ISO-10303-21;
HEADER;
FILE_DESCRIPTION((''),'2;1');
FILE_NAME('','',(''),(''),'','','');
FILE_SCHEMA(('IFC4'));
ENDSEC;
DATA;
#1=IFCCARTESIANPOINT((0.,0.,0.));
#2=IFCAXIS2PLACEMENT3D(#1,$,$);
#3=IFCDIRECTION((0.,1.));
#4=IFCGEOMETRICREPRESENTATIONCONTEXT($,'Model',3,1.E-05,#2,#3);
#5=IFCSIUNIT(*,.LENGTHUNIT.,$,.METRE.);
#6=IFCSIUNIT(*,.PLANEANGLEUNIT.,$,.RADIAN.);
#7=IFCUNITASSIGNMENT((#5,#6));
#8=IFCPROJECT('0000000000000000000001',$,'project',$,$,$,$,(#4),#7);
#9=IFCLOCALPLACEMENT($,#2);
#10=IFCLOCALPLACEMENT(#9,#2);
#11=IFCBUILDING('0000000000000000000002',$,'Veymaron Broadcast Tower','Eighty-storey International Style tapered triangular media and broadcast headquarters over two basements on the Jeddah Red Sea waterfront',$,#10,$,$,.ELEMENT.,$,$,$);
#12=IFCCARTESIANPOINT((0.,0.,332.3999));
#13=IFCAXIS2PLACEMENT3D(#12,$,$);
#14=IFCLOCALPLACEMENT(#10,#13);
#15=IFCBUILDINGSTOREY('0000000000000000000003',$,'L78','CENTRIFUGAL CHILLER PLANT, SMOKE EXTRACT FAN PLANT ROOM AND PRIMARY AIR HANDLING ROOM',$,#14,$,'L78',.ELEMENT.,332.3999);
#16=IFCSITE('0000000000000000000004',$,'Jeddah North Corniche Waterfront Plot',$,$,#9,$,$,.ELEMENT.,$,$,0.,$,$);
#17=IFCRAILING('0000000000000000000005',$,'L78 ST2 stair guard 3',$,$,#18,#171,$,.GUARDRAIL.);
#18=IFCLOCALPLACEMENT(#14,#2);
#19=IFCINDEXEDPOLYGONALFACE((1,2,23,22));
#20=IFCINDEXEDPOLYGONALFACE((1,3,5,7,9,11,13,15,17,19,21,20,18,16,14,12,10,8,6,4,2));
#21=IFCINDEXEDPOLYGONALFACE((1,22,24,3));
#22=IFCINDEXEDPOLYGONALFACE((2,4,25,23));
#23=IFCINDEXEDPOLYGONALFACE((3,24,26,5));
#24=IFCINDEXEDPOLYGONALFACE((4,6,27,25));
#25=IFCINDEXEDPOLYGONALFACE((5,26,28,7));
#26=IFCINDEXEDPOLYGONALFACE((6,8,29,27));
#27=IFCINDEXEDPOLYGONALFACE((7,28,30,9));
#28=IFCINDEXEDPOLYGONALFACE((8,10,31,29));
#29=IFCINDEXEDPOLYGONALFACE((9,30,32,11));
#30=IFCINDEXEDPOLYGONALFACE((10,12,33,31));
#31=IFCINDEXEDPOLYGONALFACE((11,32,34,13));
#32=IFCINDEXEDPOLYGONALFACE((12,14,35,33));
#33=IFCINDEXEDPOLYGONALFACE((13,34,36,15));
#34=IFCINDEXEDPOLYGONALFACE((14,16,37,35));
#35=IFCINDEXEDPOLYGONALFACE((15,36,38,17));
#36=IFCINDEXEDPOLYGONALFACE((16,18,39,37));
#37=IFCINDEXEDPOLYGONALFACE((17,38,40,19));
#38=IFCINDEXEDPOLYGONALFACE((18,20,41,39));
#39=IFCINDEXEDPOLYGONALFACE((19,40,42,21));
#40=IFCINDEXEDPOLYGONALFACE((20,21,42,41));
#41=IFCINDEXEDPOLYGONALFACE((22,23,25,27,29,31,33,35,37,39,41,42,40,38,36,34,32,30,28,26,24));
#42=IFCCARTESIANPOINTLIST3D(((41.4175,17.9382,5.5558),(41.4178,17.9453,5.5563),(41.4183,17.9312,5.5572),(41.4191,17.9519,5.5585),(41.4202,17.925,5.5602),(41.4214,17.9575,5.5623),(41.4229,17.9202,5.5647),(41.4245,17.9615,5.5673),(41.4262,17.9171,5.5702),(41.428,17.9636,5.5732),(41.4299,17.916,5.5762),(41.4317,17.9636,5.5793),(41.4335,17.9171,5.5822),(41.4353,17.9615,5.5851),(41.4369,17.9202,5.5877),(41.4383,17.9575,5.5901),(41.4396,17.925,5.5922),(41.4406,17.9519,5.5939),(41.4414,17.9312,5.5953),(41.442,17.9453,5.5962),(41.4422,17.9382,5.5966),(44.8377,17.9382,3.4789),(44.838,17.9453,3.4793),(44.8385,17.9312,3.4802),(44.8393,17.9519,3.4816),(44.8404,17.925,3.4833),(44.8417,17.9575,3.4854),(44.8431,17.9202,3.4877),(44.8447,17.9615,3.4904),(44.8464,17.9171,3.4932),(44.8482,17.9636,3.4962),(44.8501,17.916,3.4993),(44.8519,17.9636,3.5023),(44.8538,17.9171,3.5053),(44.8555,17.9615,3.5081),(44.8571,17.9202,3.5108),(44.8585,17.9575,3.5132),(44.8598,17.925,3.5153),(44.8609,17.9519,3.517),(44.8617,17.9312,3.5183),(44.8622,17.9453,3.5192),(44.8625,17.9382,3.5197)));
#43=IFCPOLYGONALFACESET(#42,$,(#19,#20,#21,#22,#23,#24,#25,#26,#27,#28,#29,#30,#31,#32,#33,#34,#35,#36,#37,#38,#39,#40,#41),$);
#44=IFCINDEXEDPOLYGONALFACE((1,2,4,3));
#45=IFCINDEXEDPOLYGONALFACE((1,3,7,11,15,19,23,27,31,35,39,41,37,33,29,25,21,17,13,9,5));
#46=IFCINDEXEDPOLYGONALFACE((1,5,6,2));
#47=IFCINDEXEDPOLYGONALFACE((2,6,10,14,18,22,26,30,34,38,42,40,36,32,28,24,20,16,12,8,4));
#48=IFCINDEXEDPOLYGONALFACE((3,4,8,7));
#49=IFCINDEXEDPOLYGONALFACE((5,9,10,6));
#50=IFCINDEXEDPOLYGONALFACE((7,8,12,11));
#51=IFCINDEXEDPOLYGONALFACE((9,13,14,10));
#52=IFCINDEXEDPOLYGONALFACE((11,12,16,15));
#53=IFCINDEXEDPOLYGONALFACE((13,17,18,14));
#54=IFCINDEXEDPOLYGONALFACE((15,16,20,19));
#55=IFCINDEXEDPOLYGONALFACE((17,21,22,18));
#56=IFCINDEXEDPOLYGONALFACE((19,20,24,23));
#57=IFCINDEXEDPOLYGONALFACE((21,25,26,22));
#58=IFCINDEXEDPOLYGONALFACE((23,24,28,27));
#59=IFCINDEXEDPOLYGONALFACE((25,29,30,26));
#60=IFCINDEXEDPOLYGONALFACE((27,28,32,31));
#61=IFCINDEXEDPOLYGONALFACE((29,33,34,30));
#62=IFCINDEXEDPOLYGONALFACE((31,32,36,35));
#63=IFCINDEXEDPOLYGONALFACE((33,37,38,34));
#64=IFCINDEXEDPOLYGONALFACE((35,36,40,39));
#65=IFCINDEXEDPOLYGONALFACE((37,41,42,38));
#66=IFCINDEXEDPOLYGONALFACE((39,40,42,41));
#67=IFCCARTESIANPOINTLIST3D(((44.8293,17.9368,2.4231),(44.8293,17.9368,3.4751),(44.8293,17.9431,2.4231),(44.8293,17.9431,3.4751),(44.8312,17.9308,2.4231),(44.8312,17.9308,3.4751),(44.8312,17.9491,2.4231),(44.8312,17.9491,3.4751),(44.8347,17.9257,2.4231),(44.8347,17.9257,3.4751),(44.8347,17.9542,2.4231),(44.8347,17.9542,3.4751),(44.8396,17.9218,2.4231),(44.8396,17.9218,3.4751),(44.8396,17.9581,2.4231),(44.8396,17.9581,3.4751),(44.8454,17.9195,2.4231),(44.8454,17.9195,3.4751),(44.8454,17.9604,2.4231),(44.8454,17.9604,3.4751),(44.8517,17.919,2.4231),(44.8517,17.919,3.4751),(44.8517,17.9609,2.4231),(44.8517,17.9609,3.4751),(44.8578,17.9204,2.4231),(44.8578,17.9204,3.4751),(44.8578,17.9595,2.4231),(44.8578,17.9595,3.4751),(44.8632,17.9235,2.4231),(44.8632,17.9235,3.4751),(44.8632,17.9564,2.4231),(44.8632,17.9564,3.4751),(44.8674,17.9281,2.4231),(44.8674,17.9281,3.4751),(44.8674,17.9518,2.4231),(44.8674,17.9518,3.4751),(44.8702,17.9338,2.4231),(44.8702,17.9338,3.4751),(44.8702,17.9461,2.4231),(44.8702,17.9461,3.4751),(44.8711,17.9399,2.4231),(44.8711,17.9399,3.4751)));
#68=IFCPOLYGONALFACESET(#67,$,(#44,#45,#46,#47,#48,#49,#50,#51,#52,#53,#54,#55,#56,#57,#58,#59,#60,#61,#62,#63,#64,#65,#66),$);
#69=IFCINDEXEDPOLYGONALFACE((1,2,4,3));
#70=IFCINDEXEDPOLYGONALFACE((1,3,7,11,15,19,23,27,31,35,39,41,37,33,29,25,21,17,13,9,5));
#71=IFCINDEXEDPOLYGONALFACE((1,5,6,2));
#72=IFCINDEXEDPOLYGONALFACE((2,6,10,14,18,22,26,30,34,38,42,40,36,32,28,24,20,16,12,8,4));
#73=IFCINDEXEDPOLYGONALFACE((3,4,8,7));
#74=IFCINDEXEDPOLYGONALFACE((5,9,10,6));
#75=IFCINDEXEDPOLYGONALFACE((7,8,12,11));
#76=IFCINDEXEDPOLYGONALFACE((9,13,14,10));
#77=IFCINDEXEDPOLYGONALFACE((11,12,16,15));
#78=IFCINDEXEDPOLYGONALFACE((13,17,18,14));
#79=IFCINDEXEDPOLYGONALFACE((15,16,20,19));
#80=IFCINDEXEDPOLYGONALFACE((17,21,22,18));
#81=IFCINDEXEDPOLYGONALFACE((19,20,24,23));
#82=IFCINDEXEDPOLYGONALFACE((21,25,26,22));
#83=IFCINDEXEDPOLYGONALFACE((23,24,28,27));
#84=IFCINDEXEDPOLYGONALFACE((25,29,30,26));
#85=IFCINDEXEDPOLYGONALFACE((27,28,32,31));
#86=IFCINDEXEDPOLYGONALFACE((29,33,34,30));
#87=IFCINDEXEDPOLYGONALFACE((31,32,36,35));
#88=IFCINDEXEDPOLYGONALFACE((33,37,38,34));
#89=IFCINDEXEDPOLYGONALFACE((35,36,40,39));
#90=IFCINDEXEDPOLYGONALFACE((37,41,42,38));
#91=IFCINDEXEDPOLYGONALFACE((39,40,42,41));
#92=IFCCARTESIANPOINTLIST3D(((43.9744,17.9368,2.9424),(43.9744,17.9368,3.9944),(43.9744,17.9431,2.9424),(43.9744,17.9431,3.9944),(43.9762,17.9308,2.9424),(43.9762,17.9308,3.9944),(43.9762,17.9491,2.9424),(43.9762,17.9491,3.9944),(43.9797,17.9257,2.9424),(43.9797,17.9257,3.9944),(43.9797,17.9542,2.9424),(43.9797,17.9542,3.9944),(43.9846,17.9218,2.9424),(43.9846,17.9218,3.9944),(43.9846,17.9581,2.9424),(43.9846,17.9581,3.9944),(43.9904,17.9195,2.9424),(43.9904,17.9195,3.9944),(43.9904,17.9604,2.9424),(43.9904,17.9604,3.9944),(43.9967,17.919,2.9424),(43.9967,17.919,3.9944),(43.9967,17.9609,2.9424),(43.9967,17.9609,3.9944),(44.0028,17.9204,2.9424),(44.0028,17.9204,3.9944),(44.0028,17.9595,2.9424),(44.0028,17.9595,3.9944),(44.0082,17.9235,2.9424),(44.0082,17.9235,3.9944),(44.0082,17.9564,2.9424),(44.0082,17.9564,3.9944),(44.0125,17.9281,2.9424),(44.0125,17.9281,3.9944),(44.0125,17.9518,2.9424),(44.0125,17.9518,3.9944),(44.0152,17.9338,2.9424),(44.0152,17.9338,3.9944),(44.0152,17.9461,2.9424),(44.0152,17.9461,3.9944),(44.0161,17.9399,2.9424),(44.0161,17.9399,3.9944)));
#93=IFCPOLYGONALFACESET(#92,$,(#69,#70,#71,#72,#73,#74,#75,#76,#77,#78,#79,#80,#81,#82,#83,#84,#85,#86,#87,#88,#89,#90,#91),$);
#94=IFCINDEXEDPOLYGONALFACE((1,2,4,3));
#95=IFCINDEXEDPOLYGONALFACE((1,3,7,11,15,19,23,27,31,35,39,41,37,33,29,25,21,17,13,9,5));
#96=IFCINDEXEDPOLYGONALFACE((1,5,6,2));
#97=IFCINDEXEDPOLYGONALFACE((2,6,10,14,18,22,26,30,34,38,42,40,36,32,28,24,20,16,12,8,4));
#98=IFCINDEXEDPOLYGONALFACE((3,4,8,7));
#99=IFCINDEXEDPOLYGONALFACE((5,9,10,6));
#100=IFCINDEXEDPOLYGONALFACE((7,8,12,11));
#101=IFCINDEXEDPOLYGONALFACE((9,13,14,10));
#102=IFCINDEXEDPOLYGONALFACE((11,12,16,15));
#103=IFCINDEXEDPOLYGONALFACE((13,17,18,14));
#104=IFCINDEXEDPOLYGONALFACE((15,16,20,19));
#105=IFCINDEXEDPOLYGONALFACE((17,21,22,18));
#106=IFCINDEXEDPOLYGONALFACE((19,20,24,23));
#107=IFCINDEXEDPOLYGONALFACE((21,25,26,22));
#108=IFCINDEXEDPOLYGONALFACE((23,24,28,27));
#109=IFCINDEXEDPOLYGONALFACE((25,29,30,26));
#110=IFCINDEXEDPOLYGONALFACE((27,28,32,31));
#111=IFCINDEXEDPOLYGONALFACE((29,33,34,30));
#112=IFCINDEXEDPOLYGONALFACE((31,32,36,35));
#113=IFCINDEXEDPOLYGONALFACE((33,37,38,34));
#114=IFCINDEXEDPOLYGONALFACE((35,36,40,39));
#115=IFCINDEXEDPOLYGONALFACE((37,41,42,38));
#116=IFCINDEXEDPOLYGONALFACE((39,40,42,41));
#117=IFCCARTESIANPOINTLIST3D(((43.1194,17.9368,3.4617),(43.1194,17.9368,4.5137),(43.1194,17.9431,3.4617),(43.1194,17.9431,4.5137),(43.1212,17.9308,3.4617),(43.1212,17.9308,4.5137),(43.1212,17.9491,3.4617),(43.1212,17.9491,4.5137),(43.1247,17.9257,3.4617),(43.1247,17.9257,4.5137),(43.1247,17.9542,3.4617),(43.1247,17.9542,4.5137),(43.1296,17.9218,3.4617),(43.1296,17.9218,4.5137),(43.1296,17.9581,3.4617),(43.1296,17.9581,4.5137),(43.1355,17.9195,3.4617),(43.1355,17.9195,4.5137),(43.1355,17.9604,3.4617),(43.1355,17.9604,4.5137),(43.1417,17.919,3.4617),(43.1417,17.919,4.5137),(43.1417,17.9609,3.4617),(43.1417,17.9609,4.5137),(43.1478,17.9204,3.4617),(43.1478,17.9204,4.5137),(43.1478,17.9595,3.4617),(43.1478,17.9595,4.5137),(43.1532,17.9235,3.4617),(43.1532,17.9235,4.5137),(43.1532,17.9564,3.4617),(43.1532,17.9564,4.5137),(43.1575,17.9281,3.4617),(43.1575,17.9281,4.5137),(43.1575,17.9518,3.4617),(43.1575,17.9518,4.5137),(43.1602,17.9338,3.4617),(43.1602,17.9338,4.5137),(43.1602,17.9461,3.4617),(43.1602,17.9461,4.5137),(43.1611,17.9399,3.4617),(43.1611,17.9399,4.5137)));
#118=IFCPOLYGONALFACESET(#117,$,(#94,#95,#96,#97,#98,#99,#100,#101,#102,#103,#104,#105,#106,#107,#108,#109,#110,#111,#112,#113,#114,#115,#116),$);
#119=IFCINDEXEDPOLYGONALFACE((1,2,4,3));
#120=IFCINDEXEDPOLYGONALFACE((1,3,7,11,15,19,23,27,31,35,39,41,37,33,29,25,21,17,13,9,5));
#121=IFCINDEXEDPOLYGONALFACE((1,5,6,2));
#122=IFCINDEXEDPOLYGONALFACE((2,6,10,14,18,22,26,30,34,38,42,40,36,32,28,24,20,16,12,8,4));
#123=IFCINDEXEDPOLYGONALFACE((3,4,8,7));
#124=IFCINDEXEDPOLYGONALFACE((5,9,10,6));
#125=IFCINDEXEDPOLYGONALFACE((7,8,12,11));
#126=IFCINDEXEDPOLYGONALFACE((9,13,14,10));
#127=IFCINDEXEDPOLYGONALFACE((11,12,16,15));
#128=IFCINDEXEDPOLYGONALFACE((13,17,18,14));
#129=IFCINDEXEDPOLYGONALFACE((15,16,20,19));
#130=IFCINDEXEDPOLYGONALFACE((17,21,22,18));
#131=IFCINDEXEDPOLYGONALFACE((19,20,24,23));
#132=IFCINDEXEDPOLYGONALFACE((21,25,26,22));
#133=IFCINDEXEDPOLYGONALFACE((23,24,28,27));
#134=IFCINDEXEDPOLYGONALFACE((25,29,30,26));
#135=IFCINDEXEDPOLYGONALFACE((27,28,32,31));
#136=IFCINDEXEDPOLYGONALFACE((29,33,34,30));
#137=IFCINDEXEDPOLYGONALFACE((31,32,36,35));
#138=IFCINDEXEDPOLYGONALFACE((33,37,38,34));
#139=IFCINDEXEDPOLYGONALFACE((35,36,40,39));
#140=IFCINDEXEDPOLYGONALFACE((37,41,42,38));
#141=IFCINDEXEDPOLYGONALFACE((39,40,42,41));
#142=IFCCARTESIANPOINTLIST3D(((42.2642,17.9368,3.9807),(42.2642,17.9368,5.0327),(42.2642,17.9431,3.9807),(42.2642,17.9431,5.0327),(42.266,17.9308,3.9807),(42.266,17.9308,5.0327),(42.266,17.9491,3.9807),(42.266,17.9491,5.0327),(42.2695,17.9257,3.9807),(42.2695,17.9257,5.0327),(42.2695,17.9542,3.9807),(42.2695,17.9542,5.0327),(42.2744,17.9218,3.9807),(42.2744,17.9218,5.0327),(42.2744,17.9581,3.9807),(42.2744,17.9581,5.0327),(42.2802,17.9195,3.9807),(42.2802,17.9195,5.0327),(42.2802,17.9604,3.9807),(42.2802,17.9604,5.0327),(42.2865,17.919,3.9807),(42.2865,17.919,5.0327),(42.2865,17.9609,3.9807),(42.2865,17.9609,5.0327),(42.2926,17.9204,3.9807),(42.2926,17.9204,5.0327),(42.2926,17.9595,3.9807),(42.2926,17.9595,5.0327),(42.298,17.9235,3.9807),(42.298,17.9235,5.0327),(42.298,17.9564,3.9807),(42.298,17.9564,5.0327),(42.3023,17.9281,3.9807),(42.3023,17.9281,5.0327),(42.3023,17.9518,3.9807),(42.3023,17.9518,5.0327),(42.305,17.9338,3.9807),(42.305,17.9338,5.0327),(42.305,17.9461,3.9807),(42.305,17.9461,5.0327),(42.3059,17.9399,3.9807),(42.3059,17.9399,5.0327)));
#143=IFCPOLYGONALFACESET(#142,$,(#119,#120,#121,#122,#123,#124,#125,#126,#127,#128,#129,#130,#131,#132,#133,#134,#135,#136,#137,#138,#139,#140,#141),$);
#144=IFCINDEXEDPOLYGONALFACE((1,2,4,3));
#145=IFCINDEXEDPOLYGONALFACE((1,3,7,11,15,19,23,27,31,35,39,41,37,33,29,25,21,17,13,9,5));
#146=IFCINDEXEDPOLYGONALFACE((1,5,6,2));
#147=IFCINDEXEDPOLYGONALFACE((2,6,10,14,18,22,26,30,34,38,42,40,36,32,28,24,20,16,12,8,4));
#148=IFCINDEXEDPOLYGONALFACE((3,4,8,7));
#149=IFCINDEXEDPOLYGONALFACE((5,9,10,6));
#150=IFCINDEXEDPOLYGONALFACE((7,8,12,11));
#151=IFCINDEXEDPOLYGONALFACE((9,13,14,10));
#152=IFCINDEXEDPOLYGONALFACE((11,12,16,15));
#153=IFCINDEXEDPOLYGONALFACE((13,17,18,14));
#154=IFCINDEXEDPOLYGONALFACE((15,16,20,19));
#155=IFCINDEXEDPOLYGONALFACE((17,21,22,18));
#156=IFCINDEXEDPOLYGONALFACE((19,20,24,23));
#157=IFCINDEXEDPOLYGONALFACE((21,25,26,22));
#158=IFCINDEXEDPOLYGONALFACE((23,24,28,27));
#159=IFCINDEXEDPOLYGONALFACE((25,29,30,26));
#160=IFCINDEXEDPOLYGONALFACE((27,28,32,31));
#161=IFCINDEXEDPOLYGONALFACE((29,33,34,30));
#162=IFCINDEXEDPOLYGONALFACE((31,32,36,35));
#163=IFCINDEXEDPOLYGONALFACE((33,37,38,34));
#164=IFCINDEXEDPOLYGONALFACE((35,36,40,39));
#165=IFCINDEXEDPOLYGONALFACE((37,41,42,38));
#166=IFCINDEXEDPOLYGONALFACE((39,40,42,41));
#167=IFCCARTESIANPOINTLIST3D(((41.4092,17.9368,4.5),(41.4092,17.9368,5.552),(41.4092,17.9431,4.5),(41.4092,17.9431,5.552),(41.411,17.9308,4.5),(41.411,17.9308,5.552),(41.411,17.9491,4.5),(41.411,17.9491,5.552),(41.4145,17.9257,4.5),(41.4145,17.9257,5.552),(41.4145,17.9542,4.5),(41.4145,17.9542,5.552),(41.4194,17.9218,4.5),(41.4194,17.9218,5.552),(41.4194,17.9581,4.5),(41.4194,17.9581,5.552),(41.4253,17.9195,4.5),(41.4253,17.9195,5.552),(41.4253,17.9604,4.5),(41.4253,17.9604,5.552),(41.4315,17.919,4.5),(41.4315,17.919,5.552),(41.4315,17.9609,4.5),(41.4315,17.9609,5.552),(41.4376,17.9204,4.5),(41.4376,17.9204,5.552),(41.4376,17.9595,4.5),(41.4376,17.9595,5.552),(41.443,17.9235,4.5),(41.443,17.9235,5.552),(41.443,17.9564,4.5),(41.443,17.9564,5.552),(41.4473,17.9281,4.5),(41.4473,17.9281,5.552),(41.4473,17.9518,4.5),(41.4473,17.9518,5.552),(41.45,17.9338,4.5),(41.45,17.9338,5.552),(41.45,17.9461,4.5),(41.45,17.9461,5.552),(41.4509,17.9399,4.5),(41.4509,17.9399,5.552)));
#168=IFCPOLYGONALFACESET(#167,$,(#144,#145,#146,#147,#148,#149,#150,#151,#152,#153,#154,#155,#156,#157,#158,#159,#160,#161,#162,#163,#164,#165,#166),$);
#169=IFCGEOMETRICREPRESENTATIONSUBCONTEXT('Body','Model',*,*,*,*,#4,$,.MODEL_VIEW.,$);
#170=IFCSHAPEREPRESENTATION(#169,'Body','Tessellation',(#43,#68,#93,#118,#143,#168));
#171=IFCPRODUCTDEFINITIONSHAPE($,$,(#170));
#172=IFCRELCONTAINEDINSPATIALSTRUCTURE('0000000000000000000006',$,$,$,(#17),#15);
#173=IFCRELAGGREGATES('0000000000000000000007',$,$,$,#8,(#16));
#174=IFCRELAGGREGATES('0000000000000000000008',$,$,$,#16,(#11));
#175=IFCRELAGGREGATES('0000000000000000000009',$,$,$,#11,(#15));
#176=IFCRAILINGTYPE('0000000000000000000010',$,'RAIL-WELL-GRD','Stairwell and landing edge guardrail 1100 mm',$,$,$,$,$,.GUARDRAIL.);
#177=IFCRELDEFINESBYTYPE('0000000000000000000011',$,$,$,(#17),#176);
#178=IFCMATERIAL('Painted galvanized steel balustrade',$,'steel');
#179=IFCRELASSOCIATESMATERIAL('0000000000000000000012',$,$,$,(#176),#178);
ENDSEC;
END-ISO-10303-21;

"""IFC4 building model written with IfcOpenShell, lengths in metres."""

from ifc_helpers import new_model, si_unit, direction, frame, origin, origin_2d, place, context, subcontext, project, spatial, circle, extrude, material, type_object, element, save


model = new_model("IFC4")

# Units and contexts
model_context = context("Model", 3, precision=1e-05, world=origin(), true_north=direction((0.0, 1.0)))
body_context = subcontext(model_context, "Body", "Model", "MODEL_VIEW")
ifc_project = project(units=[si_unit("LENGTHUNIT", "METRE"), si_unit("PLANEANGLEUNIT", "RADIAN")], contexts=[model_context])

# Site, building, storey
site_placement = place(None, origin())
site = spatial("IfcSite", under=ifc_project, at=site_placement, Name="Jeddah North Corniche Waterfront Plot", CompositionType="ELEMENT", RefElevation=0.0)
building_placement = place(site_placement, origin())
building = spatial("IfcBuilding", under=site, at=building_placement, Name="Veymaron Broadcast Tower", Description="Eighty-storey International Style tapered triangular media and broadcast headquarters over two basements on the Jeddah Red Sea waterfront", CompositionType="ELEMENT")
storey_placement = place(building_placement, frame((0.0, 0.0, 332.3999)))
storey = spatial("IfcBuildingStorey", under=building, at=storey_placement, Name="L78", Description="CENTRIFUGAL CHILLER PLANT, SMOKE EXTRACT FAN PLANT ROOM AND PRIMARY AIR HANDLING ROOM", LongName="L78", CompositionType="ELEMENT", Elevation=332.3999)

# Railing
ifc_material_1 = material(Name="Painted galvanized steel balustrade", Category="steel")
railing_type_1 = type_object("IfcRailingType", Name="RAIL-WELL-GRD", Description="Stairwell and landing edge guardrail 1100 mm", PredefinedType="GUARDRAIL", material=ifc_material_1)
railing_1_placement = place(storey_placement, frame((44.8501, 17.9399, 2.4231)))
element("IfcRailing", 1, at=railing_1_placement, inside=storey, type_object=railing_type_1, Name="L78 ST2 stair guard 3", PredefinedType="GUARDRAIL", context=body_context, shape_type="SweptSolid", body=[
    extrude(circle(Radius=0.0239, at=origin_2d()), frame((0.0, 0.0, 1.0762), z_axis=(-0.854746, 0.0, 0.519047), x_axis=(0.0, -1.0, 0.0)), (0.0, 0.0, 1.0), 4.0015),
    extrude(circle(Radius=0.021, at=origin_2d()), origin(), (0.0, 0.0, 1.0), 1.052),
    extrude(circle(Radius=0.021, at=origin_2d()), frame((-0.855, 0.0, 0.5193)), (0.0, 0.0, 1.0), 1.052),
    extrude(circle(Radius=0.021, at=origin_2d()), frame((-1.71, 0.0, 1.0386)), (0.0, 0.0, 1.0), 1.052),
    extrude(circle(Radius=0.021, at=origin_2d()), frame((-2.5652, 0.0, 1.5576)), (0.0, 0.0, 1.0), 1.052),
    extrude(circle(Radius=0.021, at=origin_2d()), frame((-3.4202, 0.0, 2.0769)), (0.0, 0.0, 1.0), 1.052),
])

save(model, "model.ifc")
